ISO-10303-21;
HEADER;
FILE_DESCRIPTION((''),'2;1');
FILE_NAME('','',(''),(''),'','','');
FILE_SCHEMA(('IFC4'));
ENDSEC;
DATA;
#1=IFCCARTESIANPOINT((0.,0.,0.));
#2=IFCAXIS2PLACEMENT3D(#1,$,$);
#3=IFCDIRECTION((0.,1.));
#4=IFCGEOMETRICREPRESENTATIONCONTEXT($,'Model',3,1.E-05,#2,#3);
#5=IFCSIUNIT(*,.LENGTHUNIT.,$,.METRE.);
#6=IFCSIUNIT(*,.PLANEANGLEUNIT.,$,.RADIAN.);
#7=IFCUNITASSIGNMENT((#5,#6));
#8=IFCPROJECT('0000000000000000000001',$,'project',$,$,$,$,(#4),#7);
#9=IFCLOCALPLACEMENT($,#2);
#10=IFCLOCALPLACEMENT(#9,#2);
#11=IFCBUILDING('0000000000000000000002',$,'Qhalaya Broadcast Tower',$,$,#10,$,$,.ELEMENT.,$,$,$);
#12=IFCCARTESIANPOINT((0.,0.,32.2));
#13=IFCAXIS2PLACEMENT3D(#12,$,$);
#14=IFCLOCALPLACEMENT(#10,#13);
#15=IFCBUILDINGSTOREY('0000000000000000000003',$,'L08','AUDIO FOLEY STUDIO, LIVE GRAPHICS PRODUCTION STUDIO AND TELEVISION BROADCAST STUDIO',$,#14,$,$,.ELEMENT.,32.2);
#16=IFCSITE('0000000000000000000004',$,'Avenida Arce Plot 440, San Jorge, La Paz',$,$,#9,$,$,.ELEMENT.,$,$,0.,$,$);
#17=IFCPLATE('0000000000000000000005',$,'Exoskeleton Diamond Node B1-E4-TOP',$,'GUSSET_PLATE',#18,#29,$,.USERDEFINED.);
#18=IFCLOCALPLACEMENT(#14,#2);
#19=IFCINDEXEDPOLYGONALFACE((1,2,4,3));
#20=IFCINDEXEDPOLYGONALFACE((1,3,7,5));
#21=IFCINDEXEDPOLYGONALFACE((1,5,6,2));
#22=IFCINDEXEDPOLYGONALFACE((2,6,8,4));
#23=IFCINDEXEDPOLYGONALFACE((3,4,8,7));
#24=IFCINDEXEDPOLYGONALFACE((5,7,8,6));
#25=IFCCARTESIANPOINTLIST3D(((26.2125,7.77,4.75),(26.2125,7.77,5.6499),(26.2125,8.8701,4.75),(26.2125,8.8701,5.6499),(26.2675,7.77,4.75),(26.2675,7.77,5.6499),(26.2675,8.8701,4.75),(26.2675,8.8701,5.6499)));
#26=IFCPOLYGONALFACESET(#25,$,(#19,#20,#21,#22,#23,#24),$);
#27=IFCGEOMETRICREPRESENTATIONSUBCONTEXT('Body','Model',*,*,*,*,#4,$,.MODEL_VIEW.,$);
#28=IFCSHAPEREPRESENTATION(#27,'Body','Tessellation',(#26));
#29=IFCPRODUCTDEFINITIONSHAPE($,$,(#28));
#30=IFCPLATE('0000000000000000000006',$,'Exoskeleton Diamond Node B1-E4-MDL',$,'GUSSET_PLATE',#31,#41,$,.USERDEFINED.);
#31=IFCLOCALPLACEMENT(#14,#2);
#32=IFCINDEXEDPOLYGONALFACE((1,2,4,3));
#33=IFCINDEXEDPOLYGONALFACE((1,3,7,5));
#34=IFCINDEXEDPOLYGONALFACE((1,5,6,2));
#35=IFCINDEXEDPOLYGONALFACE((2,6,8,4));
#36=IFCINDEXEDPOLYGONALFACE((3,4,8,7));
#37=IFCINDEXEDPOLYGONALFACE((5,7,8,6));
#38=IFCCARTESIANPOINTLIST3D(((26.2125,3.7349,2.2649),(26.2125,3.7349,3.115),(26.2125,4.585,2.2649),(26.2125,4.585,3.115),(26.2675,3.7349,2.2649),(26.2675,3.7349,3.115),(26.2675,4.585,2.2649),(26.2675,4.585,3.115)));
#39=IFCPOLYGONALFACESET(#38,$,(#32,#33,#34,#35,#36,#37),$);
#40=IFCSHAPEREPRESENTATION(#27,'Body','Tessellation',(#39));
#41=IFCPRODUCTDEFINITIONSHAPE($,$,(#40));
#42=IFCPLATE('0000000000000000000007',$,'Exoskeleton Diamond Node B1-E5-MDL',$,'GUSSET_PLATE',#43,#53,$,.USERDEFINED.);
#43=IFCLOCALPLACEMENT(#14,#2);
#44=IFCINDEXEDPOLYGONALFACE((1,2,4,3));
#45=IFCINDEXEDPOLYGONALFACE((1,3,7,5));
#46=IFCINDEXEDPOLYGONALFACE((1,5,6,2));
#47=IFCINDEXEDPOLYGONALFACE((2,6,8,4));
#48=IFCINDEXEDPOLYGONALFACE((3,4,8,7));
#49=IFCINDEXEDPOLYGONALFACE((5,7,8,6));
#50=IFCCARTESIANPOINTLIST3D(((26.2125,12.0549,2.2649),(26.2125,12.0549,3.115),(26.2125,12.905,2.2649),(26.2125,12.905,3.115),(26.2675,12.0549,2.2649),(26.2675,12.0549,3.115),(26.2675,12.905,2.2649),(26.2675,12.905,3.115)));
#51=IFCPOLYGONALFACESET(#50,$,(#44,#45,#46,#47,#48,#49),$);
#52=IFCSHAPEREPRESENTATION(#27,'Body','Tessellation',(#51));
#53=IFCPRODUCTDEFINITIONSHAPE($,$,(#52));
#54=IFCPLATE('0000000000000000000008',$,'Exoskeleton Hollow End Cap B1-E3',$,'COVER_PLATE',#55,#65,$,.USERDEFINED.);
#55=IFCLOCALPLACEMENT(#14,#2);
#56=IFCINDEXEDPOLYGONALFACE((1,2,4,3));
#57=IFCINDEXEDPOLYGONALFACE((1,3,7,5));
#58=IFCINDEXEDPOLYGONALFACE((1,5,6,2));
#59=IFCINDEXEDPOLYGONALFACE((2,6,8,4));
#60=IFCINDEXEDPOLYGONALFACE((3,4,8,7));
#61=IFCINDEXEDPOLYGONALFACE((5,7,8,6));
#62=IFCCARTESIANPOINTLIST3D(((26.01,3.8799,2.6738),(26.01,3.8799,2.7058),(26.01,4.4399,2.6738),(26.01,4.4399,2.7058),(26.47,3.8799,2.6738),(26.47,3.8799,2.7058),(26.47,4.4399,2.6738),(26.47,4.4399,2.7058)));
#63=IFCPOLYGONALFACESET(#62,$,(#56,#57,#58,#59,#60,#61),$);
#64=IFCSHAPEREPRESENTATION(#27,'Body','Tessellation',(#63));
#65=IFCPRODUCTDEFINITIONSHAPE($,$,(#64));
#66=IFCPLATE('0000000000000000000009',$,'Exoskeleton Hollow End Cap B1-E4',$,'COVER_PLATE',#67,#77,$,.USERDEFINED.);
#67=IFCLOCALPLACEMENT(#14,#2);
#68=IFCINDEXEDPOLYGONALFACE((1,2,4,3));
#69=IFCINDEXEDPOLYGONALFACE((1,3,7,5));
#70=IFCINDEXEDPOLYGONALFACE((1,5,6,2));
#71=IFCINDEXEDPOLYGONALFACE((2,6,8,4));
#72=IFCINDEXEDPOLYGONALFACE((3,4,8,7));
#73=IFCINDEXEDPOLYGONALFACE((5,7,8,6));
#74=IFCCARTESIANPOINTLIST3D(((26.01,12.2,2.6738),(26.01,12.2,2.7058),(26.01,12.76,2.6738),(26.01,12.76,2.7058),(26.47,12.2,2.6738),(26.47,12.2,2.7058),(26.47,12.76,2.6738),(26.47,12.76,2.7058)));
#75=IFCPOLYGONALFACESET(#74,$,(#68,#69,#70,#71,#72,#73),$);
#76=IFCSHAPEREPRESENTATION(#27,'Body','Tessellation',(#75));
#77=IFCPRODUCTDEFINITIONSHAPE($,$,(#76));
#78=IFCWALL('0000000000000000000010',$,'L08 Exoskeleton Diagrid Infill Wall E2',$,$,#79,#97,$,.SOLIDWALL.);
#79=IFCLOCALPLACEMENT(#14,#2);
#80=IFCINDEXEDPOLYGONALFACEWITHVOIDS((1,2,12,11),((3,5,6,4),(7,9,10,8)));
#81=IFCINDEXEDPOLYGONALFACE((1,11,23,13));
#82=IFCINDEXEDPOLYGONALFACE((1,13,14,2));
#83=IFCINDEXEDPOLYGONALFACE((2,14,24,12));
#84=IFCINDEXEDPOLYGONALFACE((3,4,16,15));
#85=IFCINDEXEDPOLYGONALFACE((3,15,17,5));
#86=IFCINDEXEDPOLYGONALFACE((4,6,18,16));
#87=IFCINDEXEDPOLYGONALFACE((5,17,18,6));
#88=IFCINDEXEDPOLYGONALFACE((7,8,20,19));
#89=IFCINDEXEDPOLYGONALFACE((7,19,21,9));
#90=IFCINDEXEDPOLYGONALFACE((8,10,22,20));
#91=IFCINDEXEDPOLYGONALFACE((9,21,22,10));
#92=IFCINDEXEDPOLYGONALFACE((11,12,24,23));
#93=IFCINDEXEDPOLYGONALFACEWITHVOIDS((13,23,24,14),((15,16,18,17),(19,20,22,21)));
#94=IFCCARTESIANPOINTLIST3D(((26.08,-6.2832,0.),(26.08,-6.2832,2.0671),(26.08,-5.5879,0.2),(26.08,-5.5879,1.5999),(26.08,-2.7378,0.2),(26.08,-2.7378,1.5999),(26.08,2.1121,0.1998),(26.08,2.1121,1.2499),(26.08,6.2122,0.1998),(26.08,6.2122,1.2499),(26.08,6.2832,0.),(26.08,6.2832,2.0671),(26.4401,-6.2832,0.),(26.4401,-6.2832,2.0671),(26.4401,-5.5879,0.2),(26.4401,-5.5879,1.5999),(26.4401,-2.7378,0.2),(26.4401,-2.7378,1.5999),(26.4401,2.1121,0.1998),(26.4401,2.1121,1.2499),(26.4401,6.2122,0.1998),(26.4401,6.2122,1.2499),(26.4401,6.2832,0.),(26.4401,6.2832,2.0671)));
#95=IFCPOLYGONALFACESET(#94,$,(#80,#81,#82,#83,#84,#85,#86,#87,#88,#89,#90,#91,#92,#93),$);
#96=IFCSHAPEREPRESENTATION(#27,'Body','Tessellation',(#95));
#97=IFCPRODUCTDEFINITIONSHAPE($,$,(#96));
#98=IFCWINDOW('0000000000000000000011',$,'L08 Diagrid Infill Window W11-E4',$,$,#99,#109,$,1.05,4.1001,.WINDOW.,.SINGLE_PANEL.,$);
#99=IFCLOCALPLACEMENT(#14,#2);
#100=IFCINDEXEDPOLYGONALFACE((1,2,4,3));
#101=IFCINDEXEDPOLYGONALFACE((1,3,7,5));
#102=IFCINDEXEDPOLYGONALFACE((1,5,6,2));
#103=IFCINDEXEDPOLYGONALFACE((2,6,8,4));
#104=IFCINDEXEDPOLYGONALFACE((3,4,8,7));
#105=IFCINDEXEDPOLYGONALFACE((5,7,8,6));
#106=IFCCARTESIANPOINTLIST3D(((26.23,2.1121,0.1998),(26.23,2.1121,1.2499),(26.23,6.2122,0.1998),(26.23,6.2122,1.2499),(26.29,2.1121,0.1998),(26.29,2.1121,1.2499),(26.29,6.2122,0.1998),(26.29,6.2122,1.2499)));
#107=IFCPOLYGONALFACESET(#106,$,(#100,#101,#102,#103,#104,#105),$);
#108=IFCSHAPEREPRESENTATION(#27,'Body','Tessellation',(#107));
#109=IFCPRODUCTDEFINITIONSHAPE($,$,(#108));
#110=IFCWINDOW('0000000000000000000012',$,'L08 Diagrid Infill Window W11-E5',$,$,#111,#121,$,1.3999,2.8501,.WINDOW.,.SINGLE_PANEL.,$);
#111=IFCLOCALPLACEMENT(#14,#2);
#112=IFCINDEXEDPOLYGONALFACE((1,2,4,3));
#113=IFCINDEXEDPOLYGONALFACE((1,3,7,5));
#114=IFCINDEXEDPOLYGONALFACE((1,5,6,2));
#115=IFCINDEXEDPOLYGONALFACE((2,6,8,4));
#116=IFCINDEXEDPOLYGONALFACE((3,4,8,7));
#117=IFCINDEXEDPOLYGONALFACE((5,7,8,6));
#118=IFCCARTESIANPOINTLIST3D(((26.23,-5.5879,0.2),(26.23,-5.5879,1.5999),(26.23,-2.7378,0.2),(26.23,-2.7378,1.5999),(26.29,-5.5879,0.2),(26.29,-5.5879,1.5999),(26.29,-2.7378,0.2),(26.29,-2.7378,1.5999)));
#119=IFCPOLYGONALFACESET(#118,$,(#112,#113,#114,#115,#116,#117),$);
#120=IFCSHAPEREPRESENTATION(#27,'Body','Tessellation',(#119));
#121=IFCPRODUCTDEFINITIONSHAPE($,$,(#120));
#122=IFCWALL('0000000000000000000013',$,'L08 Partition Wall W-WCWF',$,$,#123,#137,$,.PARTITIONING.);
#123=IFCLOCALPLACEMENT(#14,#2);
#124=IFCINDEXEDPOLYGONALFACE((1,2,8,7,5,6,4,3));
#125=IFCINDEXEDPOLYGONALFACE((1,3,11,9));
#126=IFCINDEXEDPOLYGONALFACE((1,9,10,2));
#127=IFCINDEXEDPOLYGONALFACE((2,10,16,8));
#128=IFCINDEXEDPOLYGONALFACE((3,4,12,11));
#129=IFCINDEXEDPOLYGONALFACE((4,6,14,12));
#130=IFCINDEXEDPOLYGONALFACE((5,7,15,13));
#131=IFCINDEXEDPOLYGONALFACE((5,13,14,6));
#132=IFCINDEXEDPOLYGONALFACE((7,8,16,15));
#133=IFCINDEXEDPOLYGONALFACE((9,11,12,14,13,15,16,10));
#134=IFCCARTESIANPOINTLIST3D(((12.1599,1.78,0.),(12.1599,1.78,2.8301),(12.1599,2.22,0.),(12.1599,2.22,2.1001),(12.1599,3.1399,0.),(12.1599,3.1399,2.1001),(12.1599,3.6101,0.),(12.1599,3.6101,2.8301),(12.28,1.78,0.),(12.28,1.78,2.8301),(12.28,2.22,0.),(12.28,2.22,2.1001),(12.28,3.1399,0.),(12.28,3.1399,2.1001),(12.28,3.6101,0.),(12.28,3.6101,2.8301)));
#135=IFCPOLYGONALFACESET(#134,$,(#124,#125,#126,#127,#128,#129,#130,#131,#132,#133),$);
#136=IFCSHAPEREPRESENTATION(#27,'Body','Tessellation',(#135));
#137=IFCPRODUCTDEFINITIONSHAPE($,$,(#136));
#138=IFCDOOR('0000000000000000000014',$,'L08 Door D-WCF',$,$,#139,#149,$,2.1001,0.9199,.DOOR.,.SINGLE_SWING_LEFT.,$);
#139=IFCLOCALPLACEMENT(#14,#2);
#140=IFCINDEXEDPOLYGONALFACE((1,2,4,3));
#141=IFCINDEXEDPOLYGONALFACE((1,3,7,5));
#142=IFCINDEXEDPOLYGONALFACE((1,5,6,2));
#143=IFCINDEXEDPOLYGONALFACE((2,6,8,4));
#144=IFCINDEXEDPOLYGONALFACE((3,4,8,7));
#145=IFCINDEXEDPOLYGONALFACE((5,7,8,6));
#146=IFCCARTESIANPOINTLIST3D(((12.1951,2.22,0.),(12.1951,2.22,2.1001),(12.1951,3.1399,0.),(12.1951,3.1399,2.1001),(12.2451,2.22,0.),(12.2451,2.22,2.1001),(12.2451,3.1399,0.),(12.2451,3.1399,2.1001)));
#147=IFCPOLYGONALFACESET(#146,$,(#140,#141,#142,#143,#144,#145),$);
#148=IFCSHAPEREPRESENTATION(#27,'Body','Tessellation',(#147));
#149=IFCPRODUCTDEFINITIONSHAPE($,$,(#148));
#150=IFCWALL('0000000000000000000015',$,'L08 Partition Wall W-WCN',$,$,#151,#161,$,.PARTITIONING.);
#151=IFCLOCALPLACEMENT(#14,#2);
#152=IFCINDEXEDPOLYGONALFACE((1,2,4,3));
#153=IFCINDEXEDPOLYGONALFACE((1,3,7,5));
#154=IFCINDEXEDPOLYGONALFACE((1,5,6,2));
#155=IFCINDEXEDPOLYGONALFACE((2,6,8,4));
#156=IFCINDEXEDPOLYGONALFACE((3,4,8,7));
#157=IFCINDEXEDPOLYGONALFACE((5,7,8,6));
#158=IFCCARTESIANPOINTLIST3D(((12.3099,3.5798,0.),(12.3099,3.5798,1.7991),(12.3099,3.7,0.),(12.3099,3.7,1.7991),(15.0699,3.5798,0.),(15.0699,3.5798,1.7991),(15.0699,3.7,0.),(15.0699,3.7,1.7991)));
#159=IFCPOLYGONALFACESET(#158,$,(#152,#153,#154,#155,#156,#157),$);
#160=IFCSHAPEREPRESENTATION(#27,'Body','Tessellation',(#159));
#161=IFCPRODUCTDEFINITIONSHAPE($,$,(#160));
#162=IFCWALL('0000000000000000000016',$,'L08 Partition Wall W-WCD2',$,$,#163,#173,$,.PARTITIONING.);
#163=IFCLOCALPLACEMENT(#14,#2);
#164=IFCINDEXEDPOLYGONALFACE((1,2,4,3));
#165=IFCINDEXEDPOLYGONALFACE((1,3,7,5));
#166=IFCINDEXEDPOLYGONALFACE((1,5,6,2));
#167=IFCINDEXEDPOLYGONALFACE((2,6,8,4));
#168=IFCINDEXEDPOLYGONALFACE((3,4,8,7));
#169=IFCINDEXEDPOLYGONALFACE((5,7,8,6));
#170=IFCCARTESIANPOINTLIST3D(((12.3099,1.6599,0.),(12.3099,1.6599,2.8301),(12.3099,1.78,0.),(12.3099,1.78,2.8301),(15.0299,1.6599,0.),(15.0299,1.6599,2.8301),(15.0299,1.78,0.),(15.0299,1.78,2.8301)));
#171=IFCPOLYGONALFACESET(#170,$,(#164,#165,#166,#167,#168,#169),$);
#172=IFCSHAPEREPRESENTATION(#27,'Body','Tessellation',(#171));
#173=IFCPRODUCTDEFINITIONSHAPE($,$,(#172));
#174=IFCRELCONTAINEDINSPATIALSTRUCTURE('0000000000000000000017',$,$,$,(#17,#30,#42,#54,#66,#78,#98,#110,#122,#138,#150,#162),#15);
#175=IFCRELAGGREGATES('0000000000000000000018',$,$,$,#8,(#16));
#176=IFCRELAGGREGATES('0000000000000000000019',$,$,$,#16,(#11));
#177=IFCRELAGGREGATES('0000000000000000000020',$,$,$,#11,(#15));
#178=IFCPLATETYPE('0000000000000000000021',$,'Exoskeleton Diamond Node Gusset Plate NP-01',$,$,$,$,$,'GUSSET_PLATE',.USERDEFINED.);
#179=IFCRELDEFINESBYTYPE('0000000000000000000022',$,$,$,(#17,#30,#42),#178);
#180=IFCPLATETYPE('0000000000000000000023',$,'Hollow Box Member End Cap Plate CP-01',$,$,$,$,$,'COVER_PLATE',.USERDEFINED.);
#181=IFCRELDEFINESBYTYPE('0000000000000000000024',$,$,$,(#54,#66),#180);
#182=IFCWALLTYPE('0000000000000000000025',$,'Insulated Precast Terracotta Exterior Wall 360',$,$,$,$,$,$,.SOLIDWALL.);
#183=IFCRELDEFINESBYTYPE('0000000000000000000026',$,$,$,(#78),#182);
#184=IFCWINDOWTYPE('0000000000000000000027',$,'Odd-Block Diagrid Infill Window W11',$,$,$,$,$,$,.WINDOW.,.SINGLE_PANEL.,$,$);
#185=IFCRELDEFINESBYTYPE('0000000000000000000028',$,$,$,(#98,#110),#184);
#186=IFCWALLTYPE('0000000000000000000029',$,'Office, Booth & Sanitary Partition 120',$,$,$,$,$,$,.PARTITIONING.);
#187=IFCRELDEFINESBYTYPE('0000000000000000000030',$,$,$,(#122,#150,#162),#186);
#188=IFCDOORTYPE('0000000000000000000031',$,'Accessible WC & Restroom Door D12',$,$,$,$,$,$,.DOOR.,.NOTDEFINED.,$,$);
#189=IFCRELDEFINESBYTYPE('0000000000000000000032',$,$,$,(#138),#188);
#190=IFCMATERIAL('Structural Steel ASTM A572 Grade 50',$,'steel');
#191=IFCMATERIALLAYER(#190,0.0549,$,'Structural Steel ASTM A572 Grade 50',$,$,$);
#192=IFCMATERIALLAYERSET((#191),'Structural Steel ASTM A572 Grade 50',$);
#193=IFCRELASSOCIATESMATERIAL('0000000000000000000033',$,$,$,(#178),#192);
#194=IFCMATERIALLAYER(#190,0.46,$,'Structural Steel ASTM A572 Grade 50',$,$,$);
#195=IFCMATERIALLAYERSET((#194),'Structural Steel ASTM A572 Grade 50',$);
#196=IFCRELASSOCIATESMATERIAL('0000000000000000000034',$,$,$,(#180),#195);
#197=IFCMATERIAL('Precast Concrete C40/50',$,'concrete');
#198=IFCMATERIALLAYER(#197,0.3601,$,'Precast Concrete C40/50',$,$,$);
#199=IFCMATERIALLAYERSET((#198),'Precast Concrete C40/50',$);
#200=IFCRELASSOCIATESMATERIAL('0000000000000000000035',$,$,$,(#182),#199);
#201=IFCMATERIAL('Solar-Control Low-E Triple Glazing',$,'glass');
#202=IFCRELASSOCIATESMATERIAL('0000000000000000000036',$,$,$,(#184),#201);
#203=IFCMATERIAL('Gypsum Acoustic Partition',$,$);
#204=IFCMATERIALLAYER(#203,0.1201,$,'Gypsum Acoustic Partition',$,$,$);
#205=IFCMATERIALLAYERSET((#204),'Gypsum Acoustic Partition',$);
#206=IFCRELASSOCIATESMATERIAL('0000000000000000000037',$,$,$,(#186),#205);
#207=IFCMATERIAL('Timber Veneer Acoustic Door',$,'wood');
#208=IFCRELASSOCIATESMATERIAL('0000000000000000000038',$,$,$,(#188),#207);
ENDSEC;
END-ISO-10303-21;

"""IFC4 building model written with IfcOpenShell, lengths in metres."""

from ifc_helpers import new_model, si_unit, direction, frame, frame_2d, origin, origin_2d, place, context, subcontext, project, spatial, rectangle, extrude, material, layer, layer_set, type_object, element, fill, save


model = new_model("IFC4")

# Units and contexts
model_context = context("Model", 3, precision=1e-05, world=origin(), true_north=direction((0.0, 1.0)))
body_context = subcontext(model_context, "Body", "Model", "MODEL_VIEW")
ifc_project = project(units=[si_unit("LENGTHUNIT", "METRE"), si_unit("PLANEANGLEUNIT", "RADIAN")], contexts=[model_context])

# Site, building, storey
site_placement = place(None, origin())
site = spatial("IfcSite", under=ifc_project, at=site_placement, Name="Avenida Arce Plot 440, San Jorge, La Paz", CompositionType="ELEMENT", RefElevation=0.0)
building_placement = place(site_placement, origin())
building = spatial("IfcBuilding", under=site, at=building_placement, Name="Qhalaya Broadcast Tower", CompositionType="ELEMENT")
storey_placement = place(building_placement, frame((0.0, 0.0, 32.2)))
storey = spatial("IfcBuildingStorey", under=building, at=storey_placement, Name="L08", Description="AUDIO FOLEY STUDIO, LIVE GRAPHICS PRODUCTION STUDIO AND TELEVISION BROADCAST STUDIO", CompositionType="ELEMENT", Elevation=32.2)

# Shared definitions
ifc_material_1 = material(Name="Structural Steel ASTM A572 Grade 50", Category="steel")

# Plates
ifc_layer_1 = layer(ifc_material_1, 0.0549, Name="Structural Steel ASTM A572 Grade 50")
ifc_layer_set_1 = layer_set([ifc_layer_1], Name="Structural Steel ASTM A572 Grade 50")
plate_type_1 = type_object("IfcPlateType", Name="Exoskeleton Diamond Node Gusset Plate NP-01", ElementType="GUSSET_PLATE", PredefinedType="USERDEFINED", material=ifc_layer_set_1)
for number, where, z_axis, x_axis, name in (
    (1, (26.24, 8.3201, 4.75), (0.0, 0.0, 1.0), (0.0, 1.0, 0.0), "Exoskeleton Diamond Node B1-E4-TOP"),
):
    element("IfcPlate", number, at=place(storey_placement, frame(where, z_axis=z_axis, x_axis=x_axis)), inside=storey, type_object=plate_type_1, Name=name, ObjectType="GUSSET_PLATE", PredefinedType="USERDEFINED", context=body_context, shape_type="SweptSolid", body=[
        extrude(rectangle(XDim=1.1001, YDim=0.0549, at=origin_2d()), origin(), (0.0, 0.0, 1.0), 0.8999),
    ])
for number, where, z_axis, x_axis, name in (
    (2, (26.24, 4.1599, 2.2649), (0.0, 0.0, 1.0), (0.0, 1.0, 0.0), "Exoskeleton Diamond Node B1-E4-MDL"),
    (3, (26.24, 12.48, 2.2649), (0.0, 0.0, 1.0), (0.0, 1.0, 0.0), "Exoskeleton Diamond Node B1-E5-MDL"),
):
    element("IfcPlate", number, at=place(storey_placement, frame(where, z_axis=z_axis, x_axis=x_axis)), inside=storey, type_object=plate_type_1, Name=name, ObjectType="GUSSET_PLATE", PredefinedType="USERDEFINED", context=body_context, shape_type="SweptSolid", body=[
        extrude(rectangle(XDim=0.8501, YDim=0.0549, at=origin_2d()), origin(), (0.0, 0.0, 1.0), 0.8501),
    ])
ifc_layer_2 = layer(ifc_material_1, 0.46, Name="Structural Steel ASTM A572 Grade 50")
ifc_layer_set_2 = layer_set([ifc_layer_2], Name="Structural Steel ASTM A572 Grade 50")
plate_type_2 = type_object("IfcPlateType", Name="Hollow Box Member End Cap Plate CP-01", ElementType="COVER_PLATE", PredefinedType="USERDEFINED", material=ifc_layer_set_2)
for number, where, z_axis, x_axis, name in (
    (4, (26.24, 4.1599, 2.6738), (0.0, 0.0, 1.0), (0.0, 1.0, 0.0), "Exoskeleton Hollow End Cap B1-E3"),
    (5, (26.24, 12.48, 2.6738), (0.0, 0.0, 1.0), (0.0, 1.0, 0.0), "Exoskeleton Hollow End Cap B1-E4"),
):
    element("IfcPlate", number, at=place(storey_placement, frame(where, z_axis=z_axis, x_axis=x_axis)), inside=storey, type_object=plate_type_2, Name=name, ObjectType="COVER_PLATE", PredefinedType="USERDEFINED", context=body_context, shape_type="SweptSolid", body=[
        extrude(rectangle(XDim=0.5601, YDim=0.46, at=origin_2d()), origin(), (0.0, 0.0, 1.0), 0.032),
    ])

# Wall, openings, windows
ifc_material_2 = material(Name="Precast Concrete C40/50", Category="concrete")
ifc_layer_3 = layer(ifc_material_2, 0.3601, Name="Precast Concrete C40/50")
ifc_layer_set_3 = layer_set([ifc_layer_3], Name="Precast Concrete C40/50")
wall_type_1 = type_object("IfcWallType", Name="Insulated Precast Terracotta Exterior Wall 360", PredefinedType="SOLIDWALL", material=ifc_layer_set_3)
wall_1_placement = place(storey_placement, frame((26.26, 6.2832, 0.0), z_axis=(0.0, 0.0, 1.0), x_axis=(0.0, -1.0, 0.0)))
wall_1 = element("IfcWall", 6, at=wall_1_placement, inside=storey, type_object=wall_type_1, Name="L08 Exoskeleton Diagrid Infill Wall E2", PredefinedType="SOLIDWALL", context=body_context, shape_type="SweptSolid", body=[
    extrude(rectangle(XDim=12.5664, YDim=0.3601, at=frame_2d((6.2832, 0.0))), origin(), (0.0, 0.0, 1.0), 2.0671),
])
opening_1_placement = place(wall_1_placement, frame((0.071, 0.0, 0.2)))
opening_1 = element("IfcOpeningElement", 7, at=opening_1_placement, cuts=wall_1, PredefinedType="OPENING", context=body_context, shape_type="SweptSolid", body=[
    extrude(rectangle(XDim=4.1001, YDim=1.05, at=frame_2d((2.05, 0.5249))), frame((0.0, 0.1921, 0.0), z_axis=(0.0, -1.0, 0.0), x_axis=(1.0, 0.0, 0.0)), (0.0, 0.0, 1.0), 0.384),
])
opening_2_placement = place(wall_1_placement, frame((9.021, 0.0, 0.2)))
opening_2 = element("IfcOpeningElement", 8, at=opening_2_placement, cuts=wall_1, PredefinedType="OPENING", context=body_context, shape_type="SweptSolid", body=[
    extrude(rectangle(XDim=2.8501, YDim=1.3999, at=frame_2d((1.425, 0.7))), frame((0.0, 0.1921, 0.0), z_axis=(0.0, -1.0, 0.0), x_axis=(1.0, 0.0, 0.0)), (0.0, 0.0, 1.0), 0.384),
])
ifc_material_3 = material(Name="Solar-Control Low-E Triple Glazing", Category="glass")
window_type = type_object("IfcWindowType", Name="Odd-Block Diagrid Infill Window W11", PartitioningType="SINGLE_PANEL", PredefinedType="WINDOW", material=ifc_material_3)
window_1_placement = place(opening_1_placement, origin())
window_1 = element("IfcWindow", 9, at=window_1_placement, inside=storey, type_object=window_type, Name="L08 Diagrid Infill Window W11-E4", OverallHeight=1.05, OverallWidth=4.1001, PartitioningType="SINGLE_PANEL", PredefinedType="WINDOW", context=body_context, shape_type="SweptSolid", body=[
    extrude(rectangle(XDim=4.1001, YDim=1.05, at=frame_2d((2.05, 0.5249))), frame((0.0, 0.03, 0.0), z_axis=(0.0, -1.0, 0.0), x_axis=(1.0, 0.0, 0.0)), (0.0, 0.0, 1.0), 0.0601),
])
fill(opening_1, window_1)
window_2_placement = place(opening_2_placement, origin())
window_2 = element("IfcWindow", 10, at=window_2_placement, inside=storey, type_object=window_type, Name="L08 Diagrid Infill Window W11-E5", OverallHeight=1.3999, OverallWidth=2.8501, PartitioningType="SINGLE_PANEL", PredefinedType="WINDOW", context=body_context, shape_type="SweptSolid", body=[
    extrude(rectangle(XDim=2.8501, YDim=1.3999, at=frame_2d((1.425, 0.7))), frame((0.0, 0.03, 0.0), z_axis=(0.0, -1.0, 0.0), x_axis=(1.0, 0.0, 0.0)), (0.0, 0.0, 1.0), 0.0601),
])
fill(opening_2, window_2)

# Wall, opening, door
ifc_material_4 = material(Name="Gypsum Acoustic Partition")
ifc_layer_4 = layer(ifc_material_4, 0.1201, Name="Gypsum Acoustic Partition")
ifc_layer_set_4 = layer_set([ifc_layer_4], Name="Gypsum Acoustic Partition")
wall_type_2 = type_object("IfcWallType", Name="Office, Booth & Sanitary Partition 120", PredefinedType="PARTITIONING", material=ifc_layer_set_4)
wall_2_placement = place(storey_placement, frame((12.22, 1.78, 0.0), z_axis=(0.0, 0.0, 1.0), x_axis=(0.0, 1.0, 0.0)))
wall_2 = element("IfcWall", 11, at=wall_2_placement, inside=storey, type_object=wall_type_2, Name="L08 Partition Wall W-WCWF", PredefinedType="PARTITIONING", context=body_context, shape_type="SweptSolid", body=[
    extrude(rectangle(XDim=1.8301, YDim=0.1201, at=frame_2d((0.915, 0.0))), origin(), (0.0, 0.0, 1.0), 2.8301),
])
opening_3_placement = place(wall_2_placement, frame((0.4399, 0.0, 0.0)))
opening_3 = element("IfcOpeningElement", 12, at=opening_3_placement, cuts=wall_2, PredefinedType="OPENING", context=body_context, shape_type="SweptSolid", body=[
    extrude(rectangle(XDim=0.9199, YDim=2.1001, at=frame_2d((0.46, 1.05))), frame((0.0, 0.072, 0.0), z_axis=(0.0, -1.0, 0.0), x_axis=(1.0, 0.0, 0.0)), (0.0, 0.0, 1.0), 0.144),
])
ifc_material_5 = material(Name="Timber Veneer Acoustic Door", Category="wood")
door_type = type_object("IfcDoorType", Name="Accessible WC & Restroom Door D12", OperationType="NOTDEFINED", PredefinedType="DOOR", material=ifc_material_5)
door_placement = place(opening_3_placement, origin())
door = element("IfcDoor", 13, at=door_placement, inside=storey, type_object=door_type, Name="L08 Door D-WCF", OperationType="SINGLE_SWING_LEFT", OverallHeight=2.1001, OverallWidth=0.9199, PredefinedType="DOOR", context=body_context, shape_type="SweptSolid", body=[
    extrude(rectangle(XDim=0.9199, YDim=2.1001, at=frame_2d((0.46, 1.05))), frame((0.0, 0.0249, 0.0), z_axis=(0.0, -1.0, 0.0), x_axis=(1.0, 0.0, 0.0)), (0.0, 0.0, 1.0), 0.05),
])
fill(opening_3, door)

# Walls
wall_3_placement = place(storey_placement, frame((12.3101, 3.6399, 0.0), z_axis=(0.0, 0.0, 1.0), x_axis=(1.0, 0.0, 0.0)))
element("IfcWall", 14, at=wall_3_placement, inside=storey, type_object=wall_type_2, Name="L08 Partition Wall W-WCN", PredefinedType="PARTITIONING", context=body_context, shape_type="SweptSolid", body=[
    extrude(rectangle(XDim=2.76, YDim=0.1201, at=frame_2d((1.3799, 0.0))), origin(), (0.0, 0.0, 1.0), 1.7991),
])
wall_4_placement = place(storey_placement, frame((12.3101, 1.72, 0.0), z_axis=(0.0, 0.0, 1.0), x_axis=(1.0, 0.0, 0.0)))
element("IfcWall", 15, at=wall_4_placement, inside=storey, type_object=wall_type_2, Name="L08 Partition Wall W-WCD2", PredefinedType="PARTITIONING", context=body_context, shape_type="SweptSolid", body=[
    extrude(rectangle(XDim=2.72, YDim=0.1201, at=frame_2d((1.3599, 0.0))), origin(), (0.0, 0.0, 1.0), 2.8301),
])

save(model, "model.ifc")
